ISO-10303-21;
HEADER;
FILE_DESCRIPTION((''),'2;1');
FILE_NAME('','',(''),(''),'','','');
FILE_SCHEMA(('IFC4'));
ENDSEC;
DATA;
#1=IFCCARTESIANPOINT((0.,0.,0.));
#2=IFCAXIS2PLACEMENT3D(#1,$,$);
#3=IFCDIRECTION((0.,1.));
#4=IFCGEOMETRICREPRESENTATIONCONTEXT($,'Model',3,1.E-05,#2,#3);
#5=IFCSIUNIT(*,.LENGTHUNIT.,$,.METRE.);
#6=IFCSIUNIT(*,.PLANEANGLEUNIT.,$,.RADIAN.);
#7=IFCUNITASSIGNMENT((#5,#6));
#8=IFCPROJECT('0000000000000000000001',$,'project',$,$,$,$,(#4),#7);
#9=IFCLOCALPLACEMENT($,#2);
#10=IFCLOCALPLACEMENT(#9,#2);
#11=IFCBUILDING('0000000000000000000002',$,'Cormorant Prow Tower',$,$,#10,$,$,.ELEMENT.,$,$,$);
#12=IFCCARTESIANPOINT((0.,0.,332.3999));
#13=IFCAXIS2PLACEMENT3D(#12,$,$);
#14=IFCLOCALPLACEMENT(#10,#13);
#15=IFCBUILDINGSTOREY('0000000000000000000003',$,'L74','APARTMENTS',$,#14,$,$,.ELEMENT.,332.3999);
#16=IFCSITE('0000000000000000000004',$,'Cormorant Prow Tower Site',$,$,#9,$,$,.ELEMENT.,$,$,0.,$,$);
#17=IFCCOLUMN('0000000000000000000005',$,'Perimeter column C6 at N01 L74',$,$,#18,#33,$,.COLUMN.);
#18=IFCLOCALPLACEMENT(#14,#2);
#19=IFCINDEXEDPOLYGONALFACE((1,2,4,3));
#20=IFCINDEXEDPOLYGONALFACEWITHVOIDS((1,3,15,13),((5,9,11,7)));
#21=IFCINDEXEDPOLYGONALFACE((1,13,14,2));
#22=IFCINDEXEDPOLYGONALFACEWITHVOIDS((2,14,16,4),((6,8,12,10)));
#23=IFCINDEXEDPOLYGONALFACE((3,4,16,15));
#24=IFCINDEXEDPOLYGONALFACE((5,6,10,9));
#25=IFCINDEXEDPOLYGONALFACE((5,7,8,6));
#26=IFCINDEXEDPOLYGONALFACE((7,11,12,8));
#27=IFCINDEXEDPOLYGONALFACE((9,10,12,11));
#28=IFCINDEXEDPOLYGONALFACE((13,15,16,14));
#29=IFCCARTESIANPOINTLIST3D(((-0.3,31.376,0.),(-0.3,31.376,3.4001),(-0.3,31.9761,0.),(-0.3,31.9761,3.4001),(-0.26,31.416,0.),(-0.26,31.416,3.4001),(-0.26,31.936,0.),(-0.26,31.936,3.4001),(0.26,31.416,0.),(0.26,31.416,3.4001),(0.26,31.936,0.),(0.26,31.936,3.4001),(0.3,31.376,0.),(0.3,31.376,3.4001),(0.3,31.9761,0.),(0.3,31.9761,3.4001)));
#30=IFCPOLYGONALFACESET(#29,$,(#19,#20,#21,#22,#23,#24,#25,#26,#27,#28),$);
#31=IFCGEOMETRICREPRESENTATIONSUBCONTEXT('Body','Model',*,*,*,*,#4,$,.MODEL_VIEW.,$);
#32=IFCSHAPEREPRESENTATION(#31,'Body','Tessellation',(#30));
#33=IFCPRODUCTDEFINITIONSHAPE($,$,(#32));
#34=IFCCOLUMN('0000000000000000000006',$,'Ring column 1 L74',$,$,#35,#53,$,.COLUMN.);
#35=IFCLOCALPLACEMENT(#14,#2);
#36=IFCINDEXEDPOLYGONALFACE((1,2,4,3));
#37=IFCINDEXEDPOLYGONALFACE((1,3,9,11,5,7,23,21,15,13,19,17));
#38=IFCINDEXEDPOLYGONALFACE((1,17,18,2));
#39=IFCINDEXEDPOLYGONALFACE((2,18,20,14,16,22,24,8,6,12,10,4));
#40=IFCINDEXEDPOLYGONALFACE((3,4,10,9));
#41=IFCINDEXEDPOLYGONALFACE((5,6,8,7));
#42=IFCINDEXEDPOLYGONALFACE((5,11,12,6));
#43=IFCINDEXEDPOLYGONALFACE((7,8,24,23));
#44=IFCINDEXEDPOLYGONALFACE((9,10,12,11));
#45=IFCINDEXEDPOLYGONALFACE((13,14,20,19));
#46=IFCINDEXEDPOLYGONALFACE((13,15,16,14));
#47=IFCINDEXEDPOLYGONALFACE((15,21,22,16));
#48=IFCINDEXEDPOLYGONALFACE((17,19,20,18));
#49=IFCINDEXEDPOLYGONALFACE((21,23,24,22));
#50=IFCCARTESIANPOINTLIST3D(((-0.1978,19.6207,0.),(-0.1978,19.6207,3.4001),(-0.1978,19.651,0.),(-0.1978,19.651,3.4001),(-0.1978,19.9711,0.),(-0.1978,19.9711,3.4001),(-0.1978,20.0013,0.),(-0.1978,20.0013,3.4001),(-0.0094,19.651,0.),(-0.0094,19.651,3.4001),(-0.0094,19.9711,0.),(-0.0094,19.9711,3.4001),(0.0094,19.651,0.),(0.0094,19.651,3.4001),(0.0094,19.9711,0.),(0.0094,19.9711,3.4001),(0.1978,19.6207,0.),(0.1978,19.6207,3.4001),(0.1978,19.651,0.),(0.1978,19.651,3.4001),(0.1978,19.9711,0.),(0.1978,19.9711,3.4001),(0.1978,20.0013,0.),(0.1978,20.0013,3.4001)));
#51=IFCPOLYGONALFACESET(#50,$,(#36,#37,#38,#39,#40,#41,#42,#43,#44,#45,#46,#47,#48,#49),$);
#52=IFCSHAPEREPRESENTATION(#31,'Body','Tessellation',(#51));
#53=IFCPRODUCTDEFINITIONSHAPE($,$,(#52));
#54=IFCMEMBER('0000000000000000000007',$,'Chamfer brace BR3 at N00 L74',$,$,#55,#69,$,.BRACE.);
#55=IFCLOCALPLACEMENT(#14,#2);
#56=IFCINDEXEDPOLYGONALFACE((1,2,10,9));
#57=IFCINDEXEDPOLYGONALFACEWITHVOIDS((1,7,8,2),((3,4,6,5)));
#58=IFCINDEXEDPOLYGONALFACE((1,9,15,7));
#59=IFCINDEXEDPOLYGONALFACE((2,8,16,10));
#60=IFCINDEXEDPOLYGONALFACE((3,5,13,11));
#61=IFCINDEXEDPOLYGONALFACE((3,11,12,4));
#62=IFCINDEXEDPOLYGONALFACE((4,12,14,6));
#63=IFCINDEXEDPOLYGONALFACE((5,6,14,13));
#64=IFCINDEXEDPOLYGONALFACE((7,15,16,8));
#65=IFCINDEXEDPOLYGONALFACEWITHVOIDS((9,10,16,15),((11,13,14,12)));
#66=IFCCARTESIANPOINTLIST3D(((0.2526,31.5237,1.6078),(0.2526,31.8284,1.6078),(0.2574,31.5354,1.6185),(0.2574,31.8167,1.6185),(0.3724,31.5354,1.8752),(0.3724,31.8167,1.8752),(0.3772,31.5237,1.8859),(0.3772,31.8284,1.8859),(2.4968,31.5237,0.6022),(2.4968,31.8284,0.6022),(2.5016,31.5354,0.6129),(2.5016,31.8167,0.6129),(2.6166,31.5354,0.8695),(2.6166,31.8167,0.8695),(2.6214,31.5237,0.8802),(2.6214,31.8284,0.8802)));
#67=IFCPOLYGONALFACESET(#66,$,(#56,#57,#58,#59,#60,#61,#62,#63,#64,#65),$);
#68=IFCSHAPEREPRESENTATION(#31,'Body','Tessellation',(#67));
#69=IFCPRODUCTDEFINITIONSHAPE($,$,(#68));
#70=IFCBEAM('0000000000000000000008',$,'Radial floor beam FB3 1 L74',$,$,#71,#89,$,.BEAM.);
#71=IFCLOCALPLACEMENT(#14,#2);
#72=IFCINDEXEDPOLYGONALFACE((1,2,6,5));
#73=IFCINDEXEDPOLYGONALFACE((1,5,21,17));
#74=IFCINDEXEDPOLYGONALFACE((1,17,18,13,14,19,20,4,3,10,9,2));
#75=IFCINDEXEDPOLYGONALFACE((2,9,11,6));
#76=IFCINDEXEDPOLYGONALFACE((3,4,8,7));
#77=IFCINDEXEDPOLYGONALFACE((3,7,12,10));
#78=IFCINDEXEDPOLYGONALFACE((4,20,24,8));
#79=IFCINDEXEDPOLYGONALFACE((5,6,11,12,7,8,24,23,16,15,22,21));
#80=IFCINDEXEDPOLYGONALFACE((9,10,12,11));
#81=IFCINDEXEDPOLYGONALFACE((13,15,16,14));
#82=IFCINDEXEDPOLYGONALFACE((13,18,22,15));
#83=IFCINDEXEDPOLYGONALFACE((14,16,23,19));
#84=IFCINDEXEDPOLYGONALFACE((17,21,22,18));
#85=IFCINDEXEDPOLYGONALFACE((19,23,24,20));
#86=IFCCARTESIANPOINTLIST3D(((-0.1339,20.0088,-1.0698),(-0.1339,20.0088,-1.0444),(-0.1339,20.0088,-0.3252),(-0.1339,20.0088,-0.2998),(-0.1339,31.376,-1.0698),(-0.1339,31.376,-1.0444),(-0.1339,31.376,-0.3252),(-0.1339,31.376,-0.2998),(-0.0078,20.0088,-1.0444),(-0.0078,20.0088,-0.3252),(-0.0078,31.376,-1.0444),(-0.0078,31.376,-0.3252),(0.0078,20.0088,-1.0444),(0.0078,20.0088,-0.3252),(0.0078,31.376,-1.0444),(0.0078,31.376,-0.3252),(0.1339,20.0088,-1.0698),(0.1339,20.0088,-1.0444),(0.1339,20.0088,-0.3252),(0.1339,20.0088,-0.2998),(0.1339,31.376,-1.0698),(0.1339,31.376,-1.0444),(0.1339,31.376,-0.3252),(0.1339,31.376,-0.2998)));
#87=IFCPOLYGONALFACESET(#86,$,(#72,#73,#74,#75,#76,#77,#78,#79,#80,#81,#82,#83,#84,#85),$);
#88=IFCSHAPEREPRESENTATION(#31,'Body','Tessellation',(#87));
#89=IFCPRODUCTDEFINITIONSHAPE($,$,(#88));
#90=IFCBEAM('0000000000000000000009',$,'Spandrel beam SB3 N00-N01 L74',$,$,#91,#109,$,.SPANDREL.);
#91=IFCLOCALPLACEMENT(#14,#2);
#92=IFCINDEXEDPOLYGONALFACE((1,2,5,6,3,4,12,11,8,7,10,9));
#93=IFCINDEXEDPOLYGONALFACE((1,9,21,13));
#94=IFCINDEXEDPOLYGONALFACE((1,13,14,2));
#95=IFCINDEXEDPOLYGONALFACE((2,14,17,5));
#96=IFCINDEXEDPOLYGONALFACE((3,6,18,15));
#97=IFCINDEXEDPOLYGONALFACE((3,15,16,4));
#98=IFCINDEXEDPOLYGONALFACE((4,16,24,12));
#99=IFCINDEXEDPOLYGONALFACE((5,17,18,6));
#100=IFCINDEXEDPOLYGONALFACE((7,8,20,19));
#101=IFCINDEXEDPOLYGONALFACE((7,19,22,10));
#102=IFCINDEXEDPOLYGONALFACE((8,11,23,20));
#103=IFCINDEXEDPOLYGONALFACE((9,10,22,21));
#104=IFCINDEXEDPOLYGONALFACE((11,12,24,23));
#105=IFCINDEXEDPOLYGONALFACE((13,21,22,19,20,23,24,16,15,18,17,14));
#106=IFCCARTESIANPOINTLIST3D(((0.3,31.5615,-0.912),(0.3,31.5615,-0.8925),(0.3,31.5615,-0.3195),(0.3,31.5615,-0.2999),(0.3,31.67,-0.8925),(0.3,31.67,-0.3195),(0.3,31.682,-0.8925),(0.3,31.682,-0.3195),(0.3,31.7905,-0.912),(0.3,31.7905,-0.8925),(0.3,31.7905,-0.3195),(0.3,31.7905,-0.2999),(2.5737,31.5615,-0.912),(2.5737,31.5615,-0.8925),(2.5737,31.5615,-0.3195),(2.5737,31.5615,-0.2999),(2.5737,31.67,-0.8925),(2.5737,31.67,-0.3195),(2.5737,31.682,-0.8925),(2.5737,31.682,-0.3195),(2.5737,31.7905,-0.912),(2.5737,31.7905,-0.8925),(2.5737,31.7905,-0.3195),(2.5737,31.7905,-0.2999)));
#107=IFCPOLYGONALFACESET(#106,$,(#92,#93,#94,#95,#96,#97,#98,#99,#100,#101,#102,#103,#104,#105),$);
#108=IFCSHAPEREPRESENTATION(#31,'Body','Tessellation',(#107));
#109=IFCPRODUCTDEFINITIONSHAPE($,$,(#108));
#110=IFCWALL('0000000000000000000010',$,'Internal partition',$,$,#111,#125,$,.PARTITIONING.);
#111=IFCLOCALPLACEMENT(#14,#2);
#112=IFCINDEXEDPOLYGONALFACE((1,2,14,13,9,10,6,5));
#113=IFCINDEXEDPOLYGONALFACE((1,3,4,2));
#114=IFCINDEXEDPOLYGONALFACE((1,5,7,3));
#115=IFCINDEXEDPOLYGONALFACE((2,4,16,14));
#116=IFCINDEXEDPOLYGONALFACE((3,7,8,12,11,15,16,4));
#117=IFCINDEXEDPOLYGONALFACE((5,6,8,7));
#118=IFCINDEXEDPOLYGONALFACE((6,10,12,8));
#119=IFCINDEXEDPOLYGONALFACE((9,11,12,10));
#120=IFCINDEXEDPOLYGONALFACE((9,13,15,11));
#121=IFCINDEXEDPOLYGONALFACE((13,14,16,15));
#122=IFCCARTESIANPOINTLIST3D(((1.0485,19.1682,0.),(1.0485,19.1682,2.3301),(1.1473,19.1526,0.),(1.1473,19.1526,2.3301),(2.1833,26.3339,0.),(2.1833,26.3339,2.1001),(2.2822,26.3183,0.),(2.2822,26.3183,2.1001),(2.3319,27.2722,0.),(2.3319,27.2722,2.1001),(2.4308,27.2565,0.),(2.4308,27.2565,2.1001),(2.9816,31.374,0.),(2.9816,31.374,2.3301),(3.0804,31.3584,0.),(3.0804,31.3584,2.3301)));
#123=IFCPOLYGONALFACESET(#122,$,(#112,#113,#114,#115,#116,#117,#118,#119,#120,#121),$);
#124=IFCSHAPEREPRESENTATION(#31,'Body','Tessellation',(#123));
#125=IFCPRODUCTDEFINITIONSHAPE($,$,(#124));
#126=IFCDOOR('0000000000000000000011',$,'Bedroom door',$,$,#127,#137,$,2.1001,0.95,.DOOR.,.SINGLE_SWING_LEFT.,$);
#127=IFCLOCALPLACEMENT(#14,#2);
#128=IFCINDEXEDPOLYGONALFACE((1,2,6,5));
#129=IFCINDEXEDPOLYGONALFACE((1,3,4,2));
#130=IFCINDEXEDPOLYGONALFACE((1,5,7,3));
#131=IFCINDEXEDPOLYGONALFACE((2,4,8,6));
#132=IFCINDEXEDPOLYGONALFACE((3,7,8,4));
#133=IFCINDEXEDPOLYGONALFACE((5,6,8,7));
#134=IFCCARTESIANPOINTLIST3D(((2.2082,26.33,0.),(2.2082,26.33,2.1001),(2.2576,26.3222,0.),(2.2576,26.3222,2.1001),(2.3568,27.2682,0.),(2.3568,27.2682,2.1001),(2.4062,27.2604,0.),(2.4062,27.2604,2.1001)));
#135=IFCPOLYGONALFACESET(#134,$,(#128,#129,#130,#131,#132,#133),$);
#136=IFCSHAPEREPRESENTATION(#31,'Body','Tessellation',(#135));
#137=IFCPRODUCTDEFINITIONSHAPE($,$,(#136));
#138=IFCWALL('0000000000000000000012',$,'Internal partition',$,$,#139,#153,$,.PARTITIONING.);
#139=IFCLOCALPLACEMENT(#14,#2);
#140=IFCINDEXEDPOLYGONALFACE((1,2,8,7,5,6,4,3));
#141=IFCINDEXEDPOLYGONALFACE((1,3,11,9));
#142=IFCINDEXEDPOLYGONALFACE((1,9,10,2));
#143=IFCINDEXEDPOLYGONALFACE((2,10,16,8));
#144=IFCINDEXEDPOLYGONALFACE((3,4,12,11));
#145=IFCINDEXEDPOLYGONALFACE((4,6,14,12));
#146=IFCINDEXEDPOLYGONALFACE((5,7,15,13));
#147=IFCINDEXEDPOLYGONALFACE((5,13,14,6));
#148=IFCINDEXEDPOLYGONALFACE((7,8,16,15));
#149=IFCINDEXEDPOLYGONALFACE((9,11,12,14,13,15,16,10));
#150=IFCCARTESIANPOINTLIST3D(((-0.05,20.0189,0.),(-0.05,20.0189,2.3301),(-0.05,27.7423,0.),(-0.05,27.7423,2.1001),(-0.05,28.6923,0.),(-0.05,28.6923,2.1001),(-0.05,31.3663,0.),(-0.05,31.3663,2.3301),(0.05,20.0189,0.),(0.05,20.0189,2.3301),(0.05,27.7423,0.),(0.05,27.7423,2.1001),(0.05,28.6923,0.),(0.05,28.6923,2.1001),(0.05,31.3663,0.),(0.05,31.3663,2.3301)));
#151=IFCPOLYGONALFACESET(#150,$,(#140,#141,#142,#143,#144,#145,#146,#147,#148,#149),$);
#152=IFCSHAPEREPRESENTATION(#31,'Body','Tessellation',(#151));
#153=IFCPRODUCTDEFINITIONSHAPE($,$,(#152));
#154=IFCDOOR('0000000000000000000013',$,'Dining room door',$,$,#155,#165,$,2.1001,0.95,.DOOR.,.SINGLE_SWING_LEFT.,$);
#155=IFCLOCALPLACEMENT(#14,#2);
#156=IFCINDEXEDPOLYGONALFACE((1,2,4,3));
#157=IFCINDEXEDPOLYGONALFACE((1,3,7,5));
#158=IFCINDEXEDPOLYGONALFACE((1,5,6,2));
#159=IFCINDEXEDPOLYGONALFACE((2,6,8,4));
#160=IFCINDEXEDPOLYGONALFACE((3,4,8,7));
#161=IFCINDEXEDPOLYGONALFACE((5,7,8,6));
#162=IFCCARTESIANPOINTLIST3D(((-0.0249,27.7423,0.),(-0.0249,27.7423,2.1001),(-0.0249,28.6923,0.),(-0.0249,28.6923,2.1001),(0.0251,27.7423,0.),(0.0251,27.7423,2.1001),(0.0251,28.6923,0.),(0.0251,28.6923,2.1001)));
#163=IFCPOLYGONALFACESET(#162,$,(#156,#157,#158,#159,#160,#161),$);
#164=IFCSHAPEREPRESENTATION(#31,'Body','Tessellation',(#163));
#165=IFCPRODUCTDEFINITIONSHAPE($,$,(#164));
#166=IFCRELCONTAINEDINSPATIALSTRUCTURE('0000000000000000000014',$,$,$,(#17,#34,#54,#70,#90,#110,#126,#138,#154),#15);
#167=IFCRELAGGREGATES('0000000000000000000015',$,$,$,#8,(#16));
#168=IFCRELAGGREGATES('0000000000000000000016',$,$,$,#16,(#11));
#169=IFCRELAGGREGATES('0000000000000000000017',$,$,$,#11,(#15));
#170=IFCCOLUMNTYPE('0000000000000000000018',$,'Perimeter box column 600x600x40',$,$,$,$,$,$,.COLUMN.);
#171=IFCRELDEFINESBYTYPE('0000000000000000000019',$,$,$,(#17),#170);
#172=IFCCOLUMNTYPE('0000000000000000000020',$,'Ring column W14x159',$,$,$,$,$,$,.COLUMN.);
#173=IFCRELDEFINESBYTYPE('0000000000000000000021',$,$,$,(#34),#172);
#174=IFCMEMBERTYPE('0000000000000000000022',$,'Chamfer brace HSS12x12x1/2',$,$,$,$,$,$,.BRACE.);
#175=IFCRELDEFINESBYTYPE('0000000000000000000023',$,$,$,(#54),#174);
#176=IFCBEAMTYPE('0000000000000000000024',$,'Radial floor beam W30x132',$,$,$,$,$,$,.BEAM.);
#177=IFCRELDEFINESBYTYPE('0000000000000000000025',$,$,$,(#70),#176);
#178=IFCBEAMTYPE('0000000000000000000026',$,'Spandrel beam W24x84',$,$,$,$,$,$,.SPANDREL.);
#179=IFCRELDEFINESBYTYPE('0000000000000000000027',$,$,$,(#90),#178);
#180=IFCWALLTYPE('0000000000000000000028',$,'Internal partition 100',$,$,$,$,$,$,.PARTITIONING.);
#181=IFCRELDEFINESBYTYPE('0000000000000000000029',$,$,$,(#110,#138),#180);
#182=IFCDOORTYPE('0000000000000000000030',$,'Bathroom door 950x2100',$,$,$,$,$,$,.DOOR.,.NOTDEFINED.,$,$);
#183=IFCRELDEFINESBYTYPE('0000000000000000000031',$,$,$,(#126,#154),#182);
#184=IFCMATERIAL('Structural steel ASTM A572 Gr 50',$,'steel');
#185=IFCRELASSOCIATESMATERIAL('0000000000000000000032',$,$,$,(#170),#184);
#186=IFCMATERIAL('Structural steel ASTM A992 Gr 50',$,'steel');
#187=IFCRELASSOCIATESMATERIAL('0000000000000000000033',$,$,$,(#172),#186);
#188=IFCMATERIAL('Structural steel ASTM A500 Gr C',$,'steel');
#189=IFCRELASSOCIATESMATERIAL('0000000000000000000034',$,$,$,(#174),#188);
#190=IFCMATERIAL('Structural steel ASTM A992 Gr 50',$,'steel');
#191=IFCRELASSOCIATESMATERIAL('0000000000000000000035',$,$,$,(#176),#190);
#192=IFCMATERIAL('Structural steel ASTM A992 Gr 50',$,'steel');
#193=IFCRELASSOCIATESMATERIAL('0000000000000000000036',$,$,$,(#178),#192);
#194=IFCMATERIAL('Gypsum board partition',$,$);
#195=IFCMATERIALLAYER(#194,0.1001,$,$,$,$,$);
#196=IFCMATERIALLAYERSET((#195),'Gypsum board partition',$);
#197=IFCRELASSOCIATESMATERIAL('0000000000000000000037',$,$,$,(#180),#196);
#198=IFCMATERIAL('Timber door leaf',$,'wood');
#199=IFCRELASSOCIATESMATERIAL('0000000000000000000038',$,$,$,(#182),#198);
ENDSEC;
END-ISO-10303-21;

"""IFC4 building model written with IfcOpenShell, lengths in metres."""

from ifc_helpers import new_model, si_unit, direction, frame, frame_2d, origin, origin_2d, place, context, subcontext, project, spatial, rectangle, hollow_rectangle, i_section, extrude, material, layer, layer_set, material_profile, profile_set, type_object, element, fill, save


model = new_model("IFC4")

# Units and contexts
model_context = context("Model", 3, precision=1e-05, world=origin(), true_north=direction((0.0, 1.0)))
body_context = subcontext(model_context, "Body", "Model", "MODEL_VIEW")
ifc_project = project(units=[si_unit("LENGTHUNIT", "METRE"), si_unit("PLANEANGLEUNIT", "RADIAN")], contexts=[model_context])

# Site, building, storey
site_placement = place(None, origin())
site = spatial("IfcSite", under=ifc_project, at=site_placement, Name="Cormorant Prow Tower Site", CompositionType="ELEMENT", RefElevation=0.0)
building_placement = place(site_placement, origin())
building = spatial("IfcBuilding", under=site, at=building_placement, Name="Cormorant Prow Tower", CompositionType="ELEMENT")
storey_placement = place(building_placement, frame((0.0, 0.0, 332.3999)))
storey = spatial("IfcBuildingStorey", under=building, at=storey_placement, Name="L74", Description="APARTMENTS", CompositionType="ELEMENT", Elevation=332.3999)

# Columns
ifc_material_1 = material(Name="Structural steel ASTM A572 Gr 50", Category="steel")
ifc_material_profile_1 = material_profile(ifc_material_1, hollow_rectangle(XDim=0.6001, YDim=0.6001, WallThickness=0.04, at=origin_2d()), Name="Box 600x600x40")
ifc_profile_set_1 = profile_set([ifc_material_profile_1], Name="Structural steel ASTM A572 Gr 50")
column_type_1 = type_object("IfcColumnType", Name="Perimeter box column 600x600x40", PredefinedType="COLUMN", material=ifc_profile_set_1)
column_1_placement = place(storey_placement, frame((0.0, 31.676, 0.0), z_axis=(0.0, 0.0, 1.0), x_axis=(1.0, 0.0, 0.0)))
element("IfcColumn", 1, at=column_1_placement, inside=storey, type_object=column_type_1, Name="Perimeter column C6 at N01 L74", PredefinedType="COLUMN", context=body_context, shape_type="SweptSolid", body=[
    extrude(hollow_rectangle(XDim=0.6001, YDim=0.6001, WallThickness=0.04, at=origin_2d()), origin(), (0.0, 0.0, 1.0), 3.4001),
])
ifc_material_2 = material(Name="Structural steel ASTM A992 Gr 50", Category="steel")
ifc_material_profile_2 = material_profile(ifc_material_2, i_section(OverallWidth=0.3955, OverallDepth=0.3806, WebThickness=0.0188, FlangeThickness=0.0303, at=origin_2d()), Name="W14x159")
ifc_profile_set_2 = profile_set([ifc_material_profile_2], Name="Structural steel ASTM A992 Gr 50")
column_type_2 = type_object("IfcColumnType", Name="Ring column W14x159", PredefinedType="COLUMN", material=ifc_profile_set_2)
column_2_placement = place(storey_placement, frame((0.0, 19.811, 0.0), z_axis=(0.0, 0.0, 1.0), x_axis=(1.0, 0.0, 0.0)))
element("IfcColumn", 2, at=column_2_placement, inside=storey, type_object=column_type_2, Name="Ring column 1 L74", PredefinedType="COLUMN", context=body_context, shape_type="SweptSolid", body=[
    extrude(i_section(OverallWidth=0.3955, OverallDepth=0.3806, WebThickness=0.0188, FlangeThickness=0.0303, at=origin_2d()), origin(), (0.0, 0.0, 1.0), 3.4001),
])

# Member
ifc_material_3 = material(Name="Structural steel ASTM A500 Gr C", Category="steel")
ifc_material_profile_3 = material_profile(ifc_material_3, hollow_rectangle(XDim=0.3047, YDim=0.3047, WallThickness=0.0117, at=origin_2d()), Name="HSS12x12x1/2")
ifc_profile_set_3 = profile_set([ifc_material_profile_3], Name="Structural steel ASTM A500 Gr C")
member_type = type_object("IfcMemberType", Name="Chamfer brace HSS12x12x1/2", PredefinedType="BRACE", material=ifc_profile_set_3)
member_placement = place(storey_placement, frame((2.5591, 31.676, 0.7412), z_axis=(-0.912567, 0.0, 0.408928), x_axis=(0.0, -1.0, 0.0)))
element("IfcMember", 3, at=member_placement, inside=storey, type_object=member_type, Name="Chamfer brace BR3 at N00 L74", PredefinedType="BRACE", context=body_context, shape_type="SweptSolid", body=[
    extrude(hollow_rectangle(XDim=0.3047, YDim=0.3047, WallThickness=0.0117, at=origin_2d()), origin(), (0.0, 0.0, 1.0), 2.4592),
])

# Beams
ifc_material_4 = material(Name="Structural steel ASTM A992 Gr 50", Category="steel")
ifc_material_profile_4 = material_profile(ifc_material_4, i_section(OverallWidth=0.2678, OverallDepth=0.77, WebThickness=0.0156, FlangeThickness=0.0254, at=origin_2d()), Name="W30x132")
ifc_profile_set_4 = profile_set([ifc_material_profile_4], Name="Structural steel ASTM A992 Gr 50")
beam_type_1 = type_object("IfcBeamType", Name="Radial floor beam W30x132", PredefinedType="BEAM", material=ifc_profile_set_4)
beam_1_placement = place(storey_placement, frame((0.0, 20.0088, -0.6848), z_axis=(0.0, 1.0, 0.0), x_axis=(-1.0, 0.0, 0.0)))
element("IfcBeam", 4, at=beam_1_placement, inside=storey, type_object=beam_type_1, Name="Radial floor beam FB3 1 L74", PredefinedType="BEAM", context=body_context, shape_type="SweptSolid", body=[
    extrude(i_section(OverallWidth=0.2678, OverallDepth=0.77, WebThickness=0.0156, FlangeThickness=0.0254, at=origin_2d()), origin(), (0.0, 0.0, 1.0), 11.3672),
])
ifc_material_5 = material(Name="Structural steel ASTM A992 Gr 50", Category="steel")
ifc_material_profile_5 = material_profile(ifc_material_5, i_section(OverallWidth=0.229, OverallDepth=0.6121, WebThickness=0.012, FlangeThickness=0.0195, at=origin_2d()), Name="W24x84")
ifc_profile_set_5 = profile_set([ifc_material_profile_5], Name="Structural steel ASTM A992 Gr 50")
beam_type_2 = type_object("IfcBeamType", Name="Spandrel beam W24x84", PredefinedType="SPANDREL", material=ifc_profile_set_5)
beam_2_placement = place(storey_placement, frame((2.5737, 31.676, -0.606), z_axis=(-1.0, 0.0, 0.0), x_axis=(0.0, -1.0, 0.0)))
element("IfcBeam", 5, at=beam_2_placement, inside=storey, type_object=beam_type_2, Name="Spandrel beam SB3 N00-N01 L74", PredefinedType="SPANDREL", context=body_context, shape_type="SweptSolid", body=[
    extrude(i_section(OverallWidth=0.229, OverallDepth=0.6121, WebThickness=0.012, FlangeThickness=0.0195, at=origin_2d()), origin(), (0.0, 0.0, 1.0), 2.2737),
])

# Walls, openings, doors
ifc_material_6 = material(Name="Gypsum board partition")
ifc_layer_1 = layer(ifc_material_6, 0.1001)
ifc_layer_set_1 = layer_set([ifc_layer_1], Name="Gypsum board partition")
wall_type_1 = type_object("IfcWallType", Name="Internal partition 100", PredefinedType="PARTITIONING", material=ifc_layer_set_1)
wall_1_placement = place(storey_placement, frame((1.0979, 19.1604, 0.0), z_axis=(0.0, 0.0, 1.0), x_axis=(0.156426, 0.98769, 0.0)))
wall_1 = element("IfcWall", 6, at=wall_1_placement, inside=storey, type_object=wall_type_1, Name="Internal partition", PredefinedType="PARTITIONING", context=body_context, shape_type="SweptSolid", body=[
    extrude(rectangle(XDim=12.3579, YDim=0.1001, at=frame_2d((6.179, 0.0))), origin(), (0.0, 0.0, 1.0), 2.3301),
])
opening_1_placement = place(wall_1_placement, frame((7.2549, 0.0, 0.0)))
opening_1 = element("IfcOpeningElement", 7, at=opening_1_placement, cuts=wall_1, PredefinedType="OPENING", context=body_context, shape_type="SweptSolid", body=[
    extrude(rectangle(XDim=0.95, YDim=2.1001, at=frame_2d((0.4751, 1.05))), frame((0.0, 0.0601, 0.0), z_axis=(0.0, -1.0, 0.0), x_axis=(1.0, 0.0, 0.0)), (0.0, 0.0, 1.0), 0.1201),
])
ifc_material_7 = material(Name="Timber door leaf", Category="wood")
door_type = type_object("IfcDoorType", Name="Bathroom door 950x2100", OperationType="NOTDEFINED", PredefinedType="DOOR", material=ifc_material_7)
door_1_placement = place(opening_1_placement, origin())
door_1 = element("IfcDoor", 8, at=door_1_placement, inside=storey, type_object=door_type, Name="Bedroom door", OperationType="SINGLE_SWING_LEFT", OverallHeight=2.1001, OverallWidth=0.95, PredefinedType="DOOR", context=body_context, shape_type="SweptSolid", body=[
    extrude(rectangle(XDim=0.95, YDim=2.1001, at=frame_2d((0.4751, 1.05))), frame((0.0, 0.0249, 0.0), z_axis=(0.0, -1.0, 0.0), x_axis=(1.0, 0.0, 0.0)), (0.0, 0.0, 1.0), 0.05),
])
fill(opening_1, door_1)
wall_2_placement = place(storey_placement, frame((0.0, 20.0188, 0.0), z_axis=(0.0, 0.0, 1.0), x_axis=(0.0, 1.0, 0.0)))
wall_2 = element("IfcWall", 9, at=wall_2_placement, inside=storey, type_object=wall_type_1, Name="Internal partition", PredefinedType="PARTITIONING", context=body_context, shape_type="SweptSolid", body=[
    extrude(rectangle(XDim=11.3474, YDim=0.1001, at=frame_2d((5.6738, 0.0))), origin(), (0.0, 0.0, 1.0), 2.3301),
])
opening_2_placement = place(wall_2_placement, frame((7.7234, 0.0, 0.0)))
opening_2 = element("IfcOpeningElement", 10, at=opening_2_placement, cuts=wall_2, PredefinedType="OPENING", context=body_context, shape_type="SweptSolid", body=[
    extrude(rectangle(XDim=0.95, YDim=2.1001, at=frame_2d((0.4751, 1.05))), frame((0.0, 0.0601, 0.0), z_axis=(0.0, -1.0, 0.0), x_axis=(1.0, 0.0, 0.0)), (0.0, 0.0, 1.0), 0.1201),
])
door_2_placement = place(opening_2_placement, origin())
door_2 = element("IfcDoor", 11, at=door_2_placement, inside=storey, type_object=door_type, Name="Dining room door", OperationType="SINGLE_SWING_LEFT", OverallHeight=2.1001, OverallWidth=0.95, PredefinedType="DOOR", context=body_context, shape_type="SweptSolid", body=[
    extrude(rectangle(XDim=0.95, YDim=2.1001, at=frame_2d((0.4751, 1.05))), frame((0.0, 0.0249, 0.0), z_axis=(0.0, -1.0, 0.0), x_axis=(1.0, 0.0, 0.0)), (0.0, 0.0, 1.0), 0.05),
])
fill(opening_2, door_2)

save(model, "model.ifc")
